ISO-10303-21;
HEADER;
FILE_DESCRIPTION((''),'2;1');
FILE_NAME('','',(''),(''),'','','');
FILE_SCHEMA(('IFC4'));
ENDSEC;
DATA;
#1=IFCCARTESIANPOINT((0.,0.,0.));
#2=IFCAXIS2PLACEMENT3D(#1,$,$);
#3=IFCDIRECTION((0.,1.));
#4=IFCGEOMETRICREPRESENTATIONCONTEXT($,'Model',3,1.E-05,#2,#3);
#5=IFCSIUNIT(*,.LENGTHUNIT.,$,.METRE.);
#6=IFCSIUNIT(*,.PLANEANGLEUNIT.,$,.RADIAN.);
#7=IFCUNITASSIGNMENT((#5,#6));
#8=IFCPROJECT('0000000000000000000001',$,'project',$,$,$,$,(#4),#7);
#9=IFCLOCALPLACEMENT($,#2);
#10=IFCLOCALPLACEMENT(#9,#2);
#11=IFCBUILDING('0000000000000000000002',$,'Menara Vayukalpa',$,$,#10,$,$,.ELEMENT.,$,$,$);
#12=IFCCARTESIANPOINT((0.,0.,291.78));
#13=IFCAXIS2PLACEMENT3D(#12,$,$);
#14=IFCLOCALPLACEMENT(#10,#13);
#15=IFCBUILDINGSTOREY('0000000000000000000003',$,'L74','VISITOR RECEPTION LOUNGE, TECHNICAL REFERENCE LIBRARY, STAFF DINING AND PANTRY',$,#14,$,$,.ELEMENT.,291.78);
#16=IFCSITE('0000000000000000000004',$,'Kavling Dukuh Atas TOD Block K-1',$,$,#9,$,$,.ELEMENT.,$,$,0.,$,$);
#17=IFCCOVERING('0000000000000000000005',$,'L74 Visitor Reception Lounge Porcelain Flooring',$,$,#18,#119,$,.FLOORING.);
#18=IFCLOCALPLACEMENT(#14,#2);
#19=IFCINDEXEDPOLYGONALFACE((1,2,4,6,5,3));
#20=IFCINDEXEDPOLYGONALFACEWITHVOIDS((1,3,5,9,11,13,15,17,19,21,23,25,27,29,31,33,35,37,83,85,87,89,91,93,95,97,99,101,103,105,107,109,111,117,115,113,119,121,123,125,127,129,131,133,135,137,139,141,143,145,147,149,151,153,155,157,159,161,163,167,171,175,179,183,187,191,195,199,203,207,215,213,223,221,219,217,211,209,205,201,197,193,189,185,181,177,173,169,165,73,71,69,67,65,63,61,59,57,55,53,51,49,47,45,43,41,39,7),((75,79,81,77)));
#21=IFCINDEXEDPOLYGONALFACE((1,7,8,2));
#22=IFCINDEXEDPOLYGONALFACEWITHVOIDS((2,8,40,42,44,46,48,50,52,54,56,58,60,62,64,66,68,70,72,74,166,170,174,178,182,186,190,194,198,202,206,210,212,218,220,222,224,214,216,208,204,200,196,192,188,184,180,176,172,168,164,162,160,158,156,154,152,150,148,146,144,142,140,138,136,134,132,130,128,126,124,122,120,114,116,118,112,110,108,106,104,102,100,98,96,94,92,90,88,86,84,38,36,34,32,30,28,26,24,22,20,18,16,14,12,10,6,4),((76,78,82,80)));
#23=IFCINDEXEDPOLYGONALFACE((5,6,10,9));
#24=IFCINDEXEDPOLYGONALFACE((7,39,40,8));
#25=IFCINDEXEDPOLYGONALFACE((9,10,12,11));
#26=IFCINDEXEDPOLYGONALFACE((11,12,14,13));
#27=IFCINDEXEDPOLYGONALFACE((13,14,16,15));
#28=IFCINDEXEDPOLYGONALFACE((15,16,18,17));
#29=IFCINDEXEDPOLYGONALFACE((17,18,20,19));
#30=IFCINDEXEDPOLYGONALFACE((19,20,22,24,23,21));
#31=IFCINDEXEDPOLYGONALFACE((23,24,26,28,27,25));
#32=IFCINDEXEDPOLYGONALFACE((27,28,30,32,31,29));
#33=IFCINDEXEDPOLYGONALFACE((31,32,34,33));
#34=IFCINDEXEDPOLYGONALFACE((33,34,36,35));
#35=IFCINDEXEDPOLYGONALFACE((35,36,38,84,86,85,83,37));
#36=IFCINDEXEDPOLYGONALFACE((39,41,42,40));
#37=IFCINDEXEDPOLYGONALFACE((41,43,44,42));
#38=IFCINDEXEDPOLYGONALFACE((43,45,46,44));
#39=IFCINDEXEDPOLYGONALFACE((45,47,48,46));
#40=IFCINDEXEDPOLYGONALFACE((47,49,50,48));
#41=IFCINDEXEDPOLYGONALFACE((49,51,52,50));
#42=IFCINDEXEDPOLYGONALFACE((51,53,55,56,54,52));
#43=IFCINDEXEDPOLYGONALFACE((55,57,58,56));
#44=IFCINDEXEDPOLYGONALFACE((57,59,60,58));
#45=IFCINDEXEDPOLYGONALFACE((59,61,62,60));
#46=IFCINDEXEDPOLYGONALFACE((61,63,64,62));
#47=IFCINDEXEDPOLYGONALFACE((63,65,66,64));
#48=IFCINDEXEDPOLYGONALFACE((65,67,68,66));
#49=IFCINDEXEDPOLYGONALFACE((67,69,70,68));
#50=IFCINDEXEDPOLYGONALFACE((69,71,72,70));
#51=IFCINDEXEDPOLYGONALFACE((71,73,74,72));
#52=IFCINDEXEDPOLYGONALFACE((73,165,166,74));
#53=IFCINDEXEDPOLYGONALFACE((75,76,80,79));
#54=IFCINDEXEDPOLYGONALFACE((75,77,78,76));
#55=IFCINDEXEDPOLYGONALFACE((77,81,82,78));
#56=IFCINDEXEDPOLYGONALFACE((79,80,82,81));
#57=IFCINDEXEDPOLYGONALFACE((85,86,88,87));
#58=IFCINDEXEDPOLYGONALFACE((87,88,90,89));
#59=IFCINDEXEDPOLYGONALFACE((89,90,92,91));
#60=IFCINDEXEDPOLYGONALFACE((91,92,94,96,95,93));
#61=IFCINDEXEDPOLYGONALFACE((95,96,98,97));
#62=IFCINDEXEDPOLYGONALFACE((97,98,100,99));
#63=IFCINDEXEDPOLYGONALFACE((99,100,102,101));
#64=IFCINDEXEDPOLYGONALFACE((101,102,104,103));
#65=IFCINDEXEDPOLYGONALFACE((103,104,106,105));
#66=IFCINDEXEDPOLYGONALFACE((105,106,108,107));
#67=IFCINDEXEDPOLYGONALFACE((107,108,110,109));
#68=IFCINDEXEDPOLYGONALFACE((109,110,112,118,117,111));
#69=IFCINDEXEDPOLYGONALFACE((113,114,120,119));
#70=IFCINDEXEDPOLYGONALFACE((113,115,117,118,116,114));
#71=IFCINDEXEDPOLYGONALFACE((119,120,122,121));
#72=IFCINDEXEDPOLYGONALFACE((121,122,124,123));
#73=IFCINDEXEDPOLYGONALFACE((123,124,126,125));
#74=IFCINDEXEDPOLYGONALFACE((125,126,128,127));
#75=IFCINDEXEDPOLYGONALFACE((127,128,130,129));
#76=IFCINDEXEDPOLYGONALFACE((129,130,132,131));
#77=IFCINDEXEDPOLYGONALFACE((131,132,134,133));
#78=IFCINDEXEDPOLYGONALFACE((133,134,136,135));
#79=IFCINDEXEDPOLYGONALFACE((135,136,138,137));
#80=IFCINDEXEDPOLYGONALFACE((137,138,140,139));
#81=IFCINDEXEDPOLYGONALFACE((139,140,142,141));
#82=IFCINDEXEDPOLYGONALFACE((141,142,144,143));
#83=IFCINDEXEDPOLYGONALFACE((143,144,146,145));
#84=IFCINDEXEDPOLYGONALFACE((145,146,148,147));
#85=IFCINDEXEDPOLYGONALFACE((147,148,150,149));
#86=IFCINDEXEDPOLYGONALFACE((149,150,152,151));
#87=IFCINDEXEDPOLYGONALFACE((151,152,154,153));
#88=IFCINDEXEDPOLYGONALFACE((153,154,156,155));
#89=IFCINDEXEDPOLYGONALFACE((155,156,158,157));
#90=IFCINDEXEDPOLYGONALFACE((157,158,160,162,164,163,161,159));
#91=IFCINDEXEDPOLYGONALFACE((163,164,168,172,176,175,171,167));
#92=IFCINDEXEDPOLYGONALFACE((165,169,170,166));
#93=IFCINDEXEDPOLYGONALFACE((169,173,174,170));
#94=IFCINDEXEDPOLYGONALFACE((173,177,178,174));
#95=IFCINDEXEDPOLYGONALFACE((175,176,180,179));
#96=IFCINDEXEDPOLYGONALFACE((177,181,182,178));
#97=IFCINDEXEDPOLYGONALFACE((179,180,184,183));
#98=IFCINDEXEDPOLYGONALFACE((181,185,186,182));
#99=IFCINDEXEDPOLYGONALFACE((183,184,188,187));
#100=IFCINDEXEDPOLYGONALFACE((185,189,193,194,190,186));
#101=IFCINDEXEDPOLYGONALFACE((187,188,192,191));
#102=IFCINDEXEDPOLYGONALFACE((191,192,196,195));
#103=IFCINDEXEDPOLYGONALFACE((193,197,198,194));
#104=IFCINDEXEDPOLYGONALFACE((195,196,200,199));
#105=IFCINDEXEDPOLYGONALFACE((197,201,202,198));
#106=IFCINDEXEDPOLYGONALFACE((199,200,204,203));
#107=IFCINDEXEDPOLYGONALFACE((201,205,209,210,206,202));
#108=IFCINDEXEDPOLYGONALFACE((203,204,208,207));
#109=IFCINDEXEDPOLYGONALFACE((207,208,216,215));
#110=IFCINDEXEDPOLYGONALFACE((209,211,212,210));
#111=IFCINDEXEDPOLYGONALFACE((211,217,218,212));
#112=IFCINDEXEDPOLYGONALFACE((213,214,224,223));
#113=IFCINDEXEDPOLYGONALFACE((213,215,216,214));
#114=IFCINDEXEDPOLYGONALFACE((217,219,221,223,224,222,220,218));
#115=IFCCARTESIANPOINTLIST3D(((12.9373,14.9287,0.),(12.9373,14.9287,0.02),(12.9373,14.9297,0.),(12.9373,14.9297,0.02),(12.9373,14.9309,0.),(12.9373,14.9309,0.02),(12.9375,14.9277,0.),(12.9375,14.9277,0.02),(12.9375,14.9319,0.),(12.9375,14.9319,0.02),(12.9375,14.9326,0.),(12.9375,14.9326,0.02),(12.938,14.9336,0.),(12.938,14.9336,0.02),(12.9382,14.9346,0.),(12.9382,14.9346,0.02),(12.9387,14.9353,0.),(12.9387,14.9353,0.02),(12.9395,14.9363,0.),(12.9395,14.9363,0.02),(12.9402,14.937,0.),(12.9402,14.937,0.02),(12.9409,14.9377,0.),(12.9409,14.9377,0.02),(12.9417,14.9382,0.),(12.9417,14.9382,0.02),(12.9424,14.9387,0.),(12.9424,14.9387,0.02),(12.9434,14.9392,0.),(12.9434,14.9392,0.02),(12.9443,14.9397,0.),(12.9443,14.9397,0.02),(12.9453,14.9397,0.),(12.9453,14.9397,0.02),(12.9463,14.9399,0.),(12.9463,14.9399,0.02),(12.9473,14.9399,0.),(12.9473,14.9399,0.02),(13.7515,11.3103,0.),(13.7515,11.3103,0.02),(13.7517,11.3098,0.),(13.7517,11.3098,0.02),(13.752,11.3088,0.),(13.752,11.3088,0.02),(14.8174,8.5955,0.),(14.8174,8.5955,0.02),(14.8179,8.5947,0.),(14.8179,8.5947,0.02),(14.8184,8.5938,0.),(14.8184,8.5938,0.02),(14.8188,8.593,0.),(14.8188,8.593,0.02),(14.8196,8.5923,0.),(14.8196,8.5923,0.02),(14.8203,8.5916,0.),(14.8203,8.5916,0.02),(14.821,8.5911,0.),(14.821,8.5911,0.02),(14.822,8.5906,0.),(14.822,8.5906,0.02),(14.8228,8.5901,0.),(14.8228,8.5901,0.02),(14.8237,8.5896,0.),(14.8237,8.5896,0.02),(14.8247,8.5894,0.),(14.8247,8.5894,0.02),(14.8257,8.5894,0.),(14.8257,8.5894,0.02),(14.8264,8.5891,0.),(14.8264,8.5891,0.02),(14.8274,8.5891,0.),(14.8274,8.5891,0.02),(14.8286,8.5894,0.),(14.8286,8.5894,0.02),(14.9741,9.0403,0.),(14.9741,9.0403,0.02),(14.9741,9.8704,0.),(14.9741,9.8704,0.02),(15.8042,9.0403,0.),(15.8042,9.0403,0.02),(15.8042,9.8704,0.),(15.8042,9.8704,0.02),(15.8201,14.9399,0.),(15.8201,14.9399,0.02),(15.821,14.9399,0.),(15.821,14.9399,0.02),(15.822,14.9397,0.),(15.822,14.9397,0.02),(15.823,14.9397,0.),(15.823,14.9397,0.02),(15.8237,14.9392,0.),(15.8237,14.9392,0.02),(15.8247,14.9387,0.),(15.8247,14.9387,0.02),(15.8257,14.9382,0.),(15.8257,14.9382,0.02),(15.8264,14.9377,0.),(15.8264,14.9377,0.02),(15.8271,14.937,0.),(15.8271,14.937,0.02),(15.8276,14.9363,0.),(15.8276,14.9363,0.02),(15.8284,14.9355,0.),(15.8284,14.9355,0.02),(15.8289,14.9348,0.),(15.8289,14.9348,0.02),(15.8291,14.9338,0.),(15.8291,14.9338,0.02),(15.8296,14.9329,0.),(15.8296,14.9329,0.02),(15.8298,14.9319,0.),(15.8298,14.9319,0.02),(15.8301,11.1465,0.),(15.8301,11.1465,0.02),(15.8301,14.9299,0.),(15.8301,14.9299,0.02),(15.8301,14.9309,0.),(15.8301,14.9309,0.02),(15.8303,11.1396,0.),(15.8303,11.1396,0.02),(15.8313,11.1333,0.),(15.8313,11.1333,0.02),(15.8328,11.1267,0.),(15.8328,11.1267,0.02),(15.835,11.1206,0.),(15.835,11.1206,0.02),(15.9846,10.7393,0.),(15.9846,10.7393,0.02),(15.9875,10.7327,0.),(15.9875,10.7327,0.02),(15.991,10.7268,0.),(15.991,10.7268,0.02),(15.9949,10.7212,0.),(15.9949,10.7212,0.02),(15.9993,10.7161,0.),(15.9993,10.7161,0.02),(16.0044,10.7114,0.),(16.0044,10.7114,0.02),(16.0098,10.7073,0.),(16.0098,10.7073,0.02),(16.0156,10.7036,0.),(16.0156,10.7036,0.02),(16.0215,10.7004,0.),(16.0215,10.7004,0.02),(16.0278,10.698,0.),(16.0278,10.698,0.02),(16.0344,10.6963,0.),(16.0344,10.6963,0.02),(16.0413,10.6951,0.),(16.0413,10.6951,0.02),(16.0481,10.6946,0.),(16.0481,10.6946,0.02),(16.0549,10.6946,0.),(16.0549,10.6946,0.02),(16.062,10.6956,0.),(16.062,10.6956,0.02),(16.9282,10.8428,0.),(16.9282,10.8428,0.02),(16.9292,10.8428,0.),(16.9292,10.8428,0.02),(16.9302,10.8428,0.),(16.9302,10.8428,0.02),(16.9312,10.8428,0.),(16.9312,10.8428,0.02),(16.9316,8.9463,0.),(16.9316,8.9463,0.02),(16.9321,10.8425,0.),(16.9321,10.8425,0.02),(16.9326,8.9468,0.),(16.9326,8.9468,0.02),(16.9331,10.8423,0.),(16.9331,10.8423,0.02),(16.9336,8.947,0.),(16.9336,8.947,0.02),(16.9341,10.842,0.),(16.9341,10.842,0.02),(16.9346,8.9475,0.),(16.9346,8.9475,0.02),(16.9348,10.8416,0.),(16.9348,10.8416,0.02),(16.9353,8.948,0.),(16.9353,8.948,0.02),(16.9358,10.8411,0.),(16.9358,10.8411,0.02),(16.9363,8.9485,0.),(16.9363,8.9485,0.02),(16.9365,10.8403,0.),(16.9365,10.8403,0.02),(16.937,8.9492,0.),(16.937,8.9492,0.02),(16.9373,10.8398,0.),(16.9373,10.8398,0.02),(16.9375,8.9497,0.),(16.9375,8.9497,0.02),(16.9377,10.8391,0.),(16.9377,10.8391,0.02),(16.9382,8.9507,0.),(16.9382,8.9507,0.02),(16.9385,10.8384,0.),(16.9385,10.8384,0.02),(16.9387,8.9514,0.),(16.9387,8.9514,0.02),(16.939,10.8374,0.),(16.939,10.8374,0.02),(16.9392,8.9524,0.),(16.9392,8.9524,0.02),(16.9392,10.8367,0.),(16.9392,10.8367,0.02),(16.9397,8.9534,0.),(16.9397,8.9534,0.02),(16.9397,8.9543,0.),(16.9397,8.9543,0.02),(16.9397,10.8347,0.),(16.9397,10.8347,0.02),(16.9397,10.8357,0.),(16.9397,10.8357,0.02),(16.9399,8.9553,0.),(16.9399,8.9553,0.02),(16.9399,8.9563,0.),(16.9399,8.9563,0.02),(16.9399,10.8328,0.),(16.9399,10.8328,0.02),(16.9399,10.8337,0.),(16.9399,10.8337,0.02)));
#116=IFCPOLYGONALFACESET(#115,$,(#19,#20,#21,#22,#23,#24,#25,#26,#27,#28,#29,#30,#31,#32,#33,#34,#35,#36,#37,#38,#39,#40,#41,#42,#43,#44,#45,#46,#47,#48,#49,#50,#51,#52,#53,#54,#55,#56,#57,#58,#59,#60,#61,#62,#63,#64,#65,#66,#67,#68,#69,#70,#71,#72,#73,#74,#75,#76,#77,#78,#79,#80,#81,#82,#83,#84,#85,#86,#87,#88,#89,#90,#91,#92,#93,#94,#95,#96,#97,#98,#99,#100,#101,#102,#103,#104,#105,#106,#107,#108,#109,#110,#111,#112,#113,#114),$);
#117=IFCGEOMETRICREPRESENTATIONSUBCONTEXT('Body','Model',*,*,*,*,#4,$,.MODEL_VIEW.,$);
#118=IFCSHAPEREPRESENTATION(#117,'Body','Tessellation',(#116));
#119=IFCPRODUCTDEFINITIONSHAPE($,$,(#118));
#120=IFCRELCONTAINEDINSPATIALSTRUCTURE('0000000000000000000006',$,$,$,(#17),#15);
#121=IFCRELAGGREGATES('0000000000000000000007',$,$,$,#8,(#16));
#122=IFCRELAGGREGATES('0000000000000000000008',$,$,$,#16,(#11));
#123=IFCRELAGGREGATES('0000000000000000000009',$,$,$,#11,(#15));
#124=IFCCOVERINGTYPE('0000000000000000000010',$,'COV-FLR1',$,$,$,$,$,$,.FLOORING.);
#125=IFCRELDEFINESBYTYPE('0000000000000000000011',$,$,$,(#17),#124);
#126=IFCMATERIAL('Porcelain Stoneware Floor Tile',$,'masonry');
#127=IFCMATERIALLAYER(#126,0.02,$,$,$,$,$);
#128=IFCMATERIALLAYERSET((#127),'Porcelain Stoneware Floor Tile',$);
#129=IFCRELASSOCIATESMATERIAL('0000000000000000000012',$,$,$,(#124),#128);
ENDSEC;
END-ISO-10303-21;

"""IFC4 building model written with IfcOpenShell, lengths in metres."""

from ifc_helpers import new_model, si_unit, direction, frame, origin, place, context, subcontext, project, spatial, polyline, outline, extrude, material, layer, layer_set, type_object, element, save


model = new_model("IFC4")

# Units and contexts
model_context = context("Model", 3, precision=1e-05, world=origin(), true_north=direction((0.0, 1.0)))
body_context = subcontext(model_context, "Body", "Model", "MODEL_VIEW")
ifc_project = project(units=[si_unit("LENGTHUNIT", "METRE"), si_unit("PLANEANGLEUNIT", "RADIAN")], contexts=[model_context])

# Site, building, storey
site_placement = place(None, origin())
site = spatial("IfcSite", under=ifc_project, at=site_placement, Name="Kavling Dukuh Atas TOD Block K-1", CompositionType="ELEMENT", RefElevation=0.0)
building_placement = place(site_placement, origin())
building = spatial("IfcBuilding", under=site, at=building_placement, Name="Menara Vayukalpa", CompositionType="ELEMENT")
storey_placement = place(building_placement, frame((0.0, 0.0, 291.78)))
storey = spatial("IfcBuildingStorey", under=building, at=storey_placement, Name="L74", Description="VISITOR RECEPTION LOUNGE, TECHNICAL REFERENCE LIBRARY, STAFF DINING AND PANTRY", CompositionType="ELEMENT", Elevation=291.78)

# Covering
ifc_material_1 = material(Name="Porcelain Stoneware Floor Tile", Category="masonry")
ifc_layer_1 = layer(ifc_material_1, 0.02)
ifc_layer_set_1 = layer_set([ifc_layer_1], Name="Porcelain Stoneware Floor Tile")
covering_type_1 = type_object("IfcCoveringType", Name="COV-FLR1", PredefinedType="FLOORING", material=ifc_layer_set_1)
covering_1_placement = place(storey_placement, origin())
element("IfcCovering", 1, at=covering_1_placement, inside=storey, type_object=covering_type_1, Name="L74 Visitor Reception Lounge Porcelain Flooring", PredefinedType="FLOORING", context=body_context, shape_type="SweptSolid", body=[
    extrude(outline(polyline([(14.8264, 8.5891), (14.8257, 8.5894), (14.8247, 8.5894), (14.8237, 8.5896), (14.8228, 8.5901), (14.822, 8.5906), (14.821, 8.5911), (14.8203, 8.5916), (14.8196, 8.5923), (14.8188, 8.593), (14.8184, 8.5938), (14.8179, 8.5947), (14.8174, 8.5955), (13.752, 11.3088), (13.7517, 11.3098), (13.7515, 11.3103), (12.9375, 14.9277), (12.9373, 14.9287), (12.9373, 14.9297), (12.9373, 14.9309), (12.9375, 14.9319), (12.9375, 14.9326), (12.938, 14.9336), (12.9382, 14.9346), (12.9387, 14.9353), (12.9395, 14.9363), (12.9402, 14.937), (12.9409, 14.9377), (12.9417, 14.9382), (12.9424, 14.9387), (12.9434, 14.9392), (12.9443, 14.9397), (12.9453, 14.9397), (12.9463, 14.9399), (12.9473, 14.9399), (15.8201, 14.9399), (15.821, 14.9399), (15.822, 14.9397), (15.823, 14.9397), (15.8237, 14.9392), (15.8247, 14.9387), (15.8257, 14.9382), (15.8264, 14.9377), (15.8271, 14.937), (15.8276, 14.9363), (15.8284, 14.9355), (15.8289, 14.9348), (15.8291, 14.9338), (15.8296, 14.9329), (15.8298, 14.9319), (15.8301, 14.9309), (15.8301, 14.9299), (15.8301, 11.1465), (15.8303, 11.1396), (15.8313, 11.1333), (15.8328, 11.1267), (15.835, 11.1206), (15.9846, 10.7393), (15.9875, 10.7327), (15.991, 10.7268), (15.9949, 10.7212), (15.9993, 10.7161), (16.0044, 10.7114), (16.0098, 10.7073), (16.0156, 10.7036), (16.0215, 10.7004), (16.0278, 10.698), (16.0344, 10.6963), (16.0413, 10.6951), (16.0481, 10.6946), (16.0549, 10.6946), (16.062, 10.6956), (16.9282, 10.8428), (16.9292, 10.8428), (16.9302, 10.8428), (16.9312, 10.8428), (16.9321, 10.8425), (16.9331, 10.8423), (16.9341, 10.842), (16.9348, 10.8416), (16.9358, 10.8411), (16.9365, 10.8403), (16.9373, 10.8398), (16.9377, 10.8391), (16.9385, 10.8384), (16.939, 10.8374), (16.9392, 10.8367), (16.9397, 10.8357), (16.9397, 10.8347), (16.9399, 10.8337), (16.9399, 10.8328), (16.9399, 8.9563), (16.9399, 8.9553), (16.9397, 8.9543), (16.9397, 8.9534), (16.9392, 8.9524), (16.9387, 8.9514), (16.9382, 8.9507), (16.9375, 8.9497), (16.937, 8.9492), (16.9363, 8.9485), (16.9353, 8.948), (16.9346, 8.9475), (16.9336, 8.947), (16.9326, 8.9468), (16.9316, 8.9463), (14.8286, 8.5894), (14.8274, 8.5891), (14.8264, 8.5891)]), holes=[polyline([(14.9741, 9.8704), (14.9741, 9.0403), (15.8042, 9.0403), (15.8042, 9.8704), (14.9741, 9.8704)])]), origin(), (0.0, 0.0, 1.0), 0.02),
])

save(model, "model.ifc")
